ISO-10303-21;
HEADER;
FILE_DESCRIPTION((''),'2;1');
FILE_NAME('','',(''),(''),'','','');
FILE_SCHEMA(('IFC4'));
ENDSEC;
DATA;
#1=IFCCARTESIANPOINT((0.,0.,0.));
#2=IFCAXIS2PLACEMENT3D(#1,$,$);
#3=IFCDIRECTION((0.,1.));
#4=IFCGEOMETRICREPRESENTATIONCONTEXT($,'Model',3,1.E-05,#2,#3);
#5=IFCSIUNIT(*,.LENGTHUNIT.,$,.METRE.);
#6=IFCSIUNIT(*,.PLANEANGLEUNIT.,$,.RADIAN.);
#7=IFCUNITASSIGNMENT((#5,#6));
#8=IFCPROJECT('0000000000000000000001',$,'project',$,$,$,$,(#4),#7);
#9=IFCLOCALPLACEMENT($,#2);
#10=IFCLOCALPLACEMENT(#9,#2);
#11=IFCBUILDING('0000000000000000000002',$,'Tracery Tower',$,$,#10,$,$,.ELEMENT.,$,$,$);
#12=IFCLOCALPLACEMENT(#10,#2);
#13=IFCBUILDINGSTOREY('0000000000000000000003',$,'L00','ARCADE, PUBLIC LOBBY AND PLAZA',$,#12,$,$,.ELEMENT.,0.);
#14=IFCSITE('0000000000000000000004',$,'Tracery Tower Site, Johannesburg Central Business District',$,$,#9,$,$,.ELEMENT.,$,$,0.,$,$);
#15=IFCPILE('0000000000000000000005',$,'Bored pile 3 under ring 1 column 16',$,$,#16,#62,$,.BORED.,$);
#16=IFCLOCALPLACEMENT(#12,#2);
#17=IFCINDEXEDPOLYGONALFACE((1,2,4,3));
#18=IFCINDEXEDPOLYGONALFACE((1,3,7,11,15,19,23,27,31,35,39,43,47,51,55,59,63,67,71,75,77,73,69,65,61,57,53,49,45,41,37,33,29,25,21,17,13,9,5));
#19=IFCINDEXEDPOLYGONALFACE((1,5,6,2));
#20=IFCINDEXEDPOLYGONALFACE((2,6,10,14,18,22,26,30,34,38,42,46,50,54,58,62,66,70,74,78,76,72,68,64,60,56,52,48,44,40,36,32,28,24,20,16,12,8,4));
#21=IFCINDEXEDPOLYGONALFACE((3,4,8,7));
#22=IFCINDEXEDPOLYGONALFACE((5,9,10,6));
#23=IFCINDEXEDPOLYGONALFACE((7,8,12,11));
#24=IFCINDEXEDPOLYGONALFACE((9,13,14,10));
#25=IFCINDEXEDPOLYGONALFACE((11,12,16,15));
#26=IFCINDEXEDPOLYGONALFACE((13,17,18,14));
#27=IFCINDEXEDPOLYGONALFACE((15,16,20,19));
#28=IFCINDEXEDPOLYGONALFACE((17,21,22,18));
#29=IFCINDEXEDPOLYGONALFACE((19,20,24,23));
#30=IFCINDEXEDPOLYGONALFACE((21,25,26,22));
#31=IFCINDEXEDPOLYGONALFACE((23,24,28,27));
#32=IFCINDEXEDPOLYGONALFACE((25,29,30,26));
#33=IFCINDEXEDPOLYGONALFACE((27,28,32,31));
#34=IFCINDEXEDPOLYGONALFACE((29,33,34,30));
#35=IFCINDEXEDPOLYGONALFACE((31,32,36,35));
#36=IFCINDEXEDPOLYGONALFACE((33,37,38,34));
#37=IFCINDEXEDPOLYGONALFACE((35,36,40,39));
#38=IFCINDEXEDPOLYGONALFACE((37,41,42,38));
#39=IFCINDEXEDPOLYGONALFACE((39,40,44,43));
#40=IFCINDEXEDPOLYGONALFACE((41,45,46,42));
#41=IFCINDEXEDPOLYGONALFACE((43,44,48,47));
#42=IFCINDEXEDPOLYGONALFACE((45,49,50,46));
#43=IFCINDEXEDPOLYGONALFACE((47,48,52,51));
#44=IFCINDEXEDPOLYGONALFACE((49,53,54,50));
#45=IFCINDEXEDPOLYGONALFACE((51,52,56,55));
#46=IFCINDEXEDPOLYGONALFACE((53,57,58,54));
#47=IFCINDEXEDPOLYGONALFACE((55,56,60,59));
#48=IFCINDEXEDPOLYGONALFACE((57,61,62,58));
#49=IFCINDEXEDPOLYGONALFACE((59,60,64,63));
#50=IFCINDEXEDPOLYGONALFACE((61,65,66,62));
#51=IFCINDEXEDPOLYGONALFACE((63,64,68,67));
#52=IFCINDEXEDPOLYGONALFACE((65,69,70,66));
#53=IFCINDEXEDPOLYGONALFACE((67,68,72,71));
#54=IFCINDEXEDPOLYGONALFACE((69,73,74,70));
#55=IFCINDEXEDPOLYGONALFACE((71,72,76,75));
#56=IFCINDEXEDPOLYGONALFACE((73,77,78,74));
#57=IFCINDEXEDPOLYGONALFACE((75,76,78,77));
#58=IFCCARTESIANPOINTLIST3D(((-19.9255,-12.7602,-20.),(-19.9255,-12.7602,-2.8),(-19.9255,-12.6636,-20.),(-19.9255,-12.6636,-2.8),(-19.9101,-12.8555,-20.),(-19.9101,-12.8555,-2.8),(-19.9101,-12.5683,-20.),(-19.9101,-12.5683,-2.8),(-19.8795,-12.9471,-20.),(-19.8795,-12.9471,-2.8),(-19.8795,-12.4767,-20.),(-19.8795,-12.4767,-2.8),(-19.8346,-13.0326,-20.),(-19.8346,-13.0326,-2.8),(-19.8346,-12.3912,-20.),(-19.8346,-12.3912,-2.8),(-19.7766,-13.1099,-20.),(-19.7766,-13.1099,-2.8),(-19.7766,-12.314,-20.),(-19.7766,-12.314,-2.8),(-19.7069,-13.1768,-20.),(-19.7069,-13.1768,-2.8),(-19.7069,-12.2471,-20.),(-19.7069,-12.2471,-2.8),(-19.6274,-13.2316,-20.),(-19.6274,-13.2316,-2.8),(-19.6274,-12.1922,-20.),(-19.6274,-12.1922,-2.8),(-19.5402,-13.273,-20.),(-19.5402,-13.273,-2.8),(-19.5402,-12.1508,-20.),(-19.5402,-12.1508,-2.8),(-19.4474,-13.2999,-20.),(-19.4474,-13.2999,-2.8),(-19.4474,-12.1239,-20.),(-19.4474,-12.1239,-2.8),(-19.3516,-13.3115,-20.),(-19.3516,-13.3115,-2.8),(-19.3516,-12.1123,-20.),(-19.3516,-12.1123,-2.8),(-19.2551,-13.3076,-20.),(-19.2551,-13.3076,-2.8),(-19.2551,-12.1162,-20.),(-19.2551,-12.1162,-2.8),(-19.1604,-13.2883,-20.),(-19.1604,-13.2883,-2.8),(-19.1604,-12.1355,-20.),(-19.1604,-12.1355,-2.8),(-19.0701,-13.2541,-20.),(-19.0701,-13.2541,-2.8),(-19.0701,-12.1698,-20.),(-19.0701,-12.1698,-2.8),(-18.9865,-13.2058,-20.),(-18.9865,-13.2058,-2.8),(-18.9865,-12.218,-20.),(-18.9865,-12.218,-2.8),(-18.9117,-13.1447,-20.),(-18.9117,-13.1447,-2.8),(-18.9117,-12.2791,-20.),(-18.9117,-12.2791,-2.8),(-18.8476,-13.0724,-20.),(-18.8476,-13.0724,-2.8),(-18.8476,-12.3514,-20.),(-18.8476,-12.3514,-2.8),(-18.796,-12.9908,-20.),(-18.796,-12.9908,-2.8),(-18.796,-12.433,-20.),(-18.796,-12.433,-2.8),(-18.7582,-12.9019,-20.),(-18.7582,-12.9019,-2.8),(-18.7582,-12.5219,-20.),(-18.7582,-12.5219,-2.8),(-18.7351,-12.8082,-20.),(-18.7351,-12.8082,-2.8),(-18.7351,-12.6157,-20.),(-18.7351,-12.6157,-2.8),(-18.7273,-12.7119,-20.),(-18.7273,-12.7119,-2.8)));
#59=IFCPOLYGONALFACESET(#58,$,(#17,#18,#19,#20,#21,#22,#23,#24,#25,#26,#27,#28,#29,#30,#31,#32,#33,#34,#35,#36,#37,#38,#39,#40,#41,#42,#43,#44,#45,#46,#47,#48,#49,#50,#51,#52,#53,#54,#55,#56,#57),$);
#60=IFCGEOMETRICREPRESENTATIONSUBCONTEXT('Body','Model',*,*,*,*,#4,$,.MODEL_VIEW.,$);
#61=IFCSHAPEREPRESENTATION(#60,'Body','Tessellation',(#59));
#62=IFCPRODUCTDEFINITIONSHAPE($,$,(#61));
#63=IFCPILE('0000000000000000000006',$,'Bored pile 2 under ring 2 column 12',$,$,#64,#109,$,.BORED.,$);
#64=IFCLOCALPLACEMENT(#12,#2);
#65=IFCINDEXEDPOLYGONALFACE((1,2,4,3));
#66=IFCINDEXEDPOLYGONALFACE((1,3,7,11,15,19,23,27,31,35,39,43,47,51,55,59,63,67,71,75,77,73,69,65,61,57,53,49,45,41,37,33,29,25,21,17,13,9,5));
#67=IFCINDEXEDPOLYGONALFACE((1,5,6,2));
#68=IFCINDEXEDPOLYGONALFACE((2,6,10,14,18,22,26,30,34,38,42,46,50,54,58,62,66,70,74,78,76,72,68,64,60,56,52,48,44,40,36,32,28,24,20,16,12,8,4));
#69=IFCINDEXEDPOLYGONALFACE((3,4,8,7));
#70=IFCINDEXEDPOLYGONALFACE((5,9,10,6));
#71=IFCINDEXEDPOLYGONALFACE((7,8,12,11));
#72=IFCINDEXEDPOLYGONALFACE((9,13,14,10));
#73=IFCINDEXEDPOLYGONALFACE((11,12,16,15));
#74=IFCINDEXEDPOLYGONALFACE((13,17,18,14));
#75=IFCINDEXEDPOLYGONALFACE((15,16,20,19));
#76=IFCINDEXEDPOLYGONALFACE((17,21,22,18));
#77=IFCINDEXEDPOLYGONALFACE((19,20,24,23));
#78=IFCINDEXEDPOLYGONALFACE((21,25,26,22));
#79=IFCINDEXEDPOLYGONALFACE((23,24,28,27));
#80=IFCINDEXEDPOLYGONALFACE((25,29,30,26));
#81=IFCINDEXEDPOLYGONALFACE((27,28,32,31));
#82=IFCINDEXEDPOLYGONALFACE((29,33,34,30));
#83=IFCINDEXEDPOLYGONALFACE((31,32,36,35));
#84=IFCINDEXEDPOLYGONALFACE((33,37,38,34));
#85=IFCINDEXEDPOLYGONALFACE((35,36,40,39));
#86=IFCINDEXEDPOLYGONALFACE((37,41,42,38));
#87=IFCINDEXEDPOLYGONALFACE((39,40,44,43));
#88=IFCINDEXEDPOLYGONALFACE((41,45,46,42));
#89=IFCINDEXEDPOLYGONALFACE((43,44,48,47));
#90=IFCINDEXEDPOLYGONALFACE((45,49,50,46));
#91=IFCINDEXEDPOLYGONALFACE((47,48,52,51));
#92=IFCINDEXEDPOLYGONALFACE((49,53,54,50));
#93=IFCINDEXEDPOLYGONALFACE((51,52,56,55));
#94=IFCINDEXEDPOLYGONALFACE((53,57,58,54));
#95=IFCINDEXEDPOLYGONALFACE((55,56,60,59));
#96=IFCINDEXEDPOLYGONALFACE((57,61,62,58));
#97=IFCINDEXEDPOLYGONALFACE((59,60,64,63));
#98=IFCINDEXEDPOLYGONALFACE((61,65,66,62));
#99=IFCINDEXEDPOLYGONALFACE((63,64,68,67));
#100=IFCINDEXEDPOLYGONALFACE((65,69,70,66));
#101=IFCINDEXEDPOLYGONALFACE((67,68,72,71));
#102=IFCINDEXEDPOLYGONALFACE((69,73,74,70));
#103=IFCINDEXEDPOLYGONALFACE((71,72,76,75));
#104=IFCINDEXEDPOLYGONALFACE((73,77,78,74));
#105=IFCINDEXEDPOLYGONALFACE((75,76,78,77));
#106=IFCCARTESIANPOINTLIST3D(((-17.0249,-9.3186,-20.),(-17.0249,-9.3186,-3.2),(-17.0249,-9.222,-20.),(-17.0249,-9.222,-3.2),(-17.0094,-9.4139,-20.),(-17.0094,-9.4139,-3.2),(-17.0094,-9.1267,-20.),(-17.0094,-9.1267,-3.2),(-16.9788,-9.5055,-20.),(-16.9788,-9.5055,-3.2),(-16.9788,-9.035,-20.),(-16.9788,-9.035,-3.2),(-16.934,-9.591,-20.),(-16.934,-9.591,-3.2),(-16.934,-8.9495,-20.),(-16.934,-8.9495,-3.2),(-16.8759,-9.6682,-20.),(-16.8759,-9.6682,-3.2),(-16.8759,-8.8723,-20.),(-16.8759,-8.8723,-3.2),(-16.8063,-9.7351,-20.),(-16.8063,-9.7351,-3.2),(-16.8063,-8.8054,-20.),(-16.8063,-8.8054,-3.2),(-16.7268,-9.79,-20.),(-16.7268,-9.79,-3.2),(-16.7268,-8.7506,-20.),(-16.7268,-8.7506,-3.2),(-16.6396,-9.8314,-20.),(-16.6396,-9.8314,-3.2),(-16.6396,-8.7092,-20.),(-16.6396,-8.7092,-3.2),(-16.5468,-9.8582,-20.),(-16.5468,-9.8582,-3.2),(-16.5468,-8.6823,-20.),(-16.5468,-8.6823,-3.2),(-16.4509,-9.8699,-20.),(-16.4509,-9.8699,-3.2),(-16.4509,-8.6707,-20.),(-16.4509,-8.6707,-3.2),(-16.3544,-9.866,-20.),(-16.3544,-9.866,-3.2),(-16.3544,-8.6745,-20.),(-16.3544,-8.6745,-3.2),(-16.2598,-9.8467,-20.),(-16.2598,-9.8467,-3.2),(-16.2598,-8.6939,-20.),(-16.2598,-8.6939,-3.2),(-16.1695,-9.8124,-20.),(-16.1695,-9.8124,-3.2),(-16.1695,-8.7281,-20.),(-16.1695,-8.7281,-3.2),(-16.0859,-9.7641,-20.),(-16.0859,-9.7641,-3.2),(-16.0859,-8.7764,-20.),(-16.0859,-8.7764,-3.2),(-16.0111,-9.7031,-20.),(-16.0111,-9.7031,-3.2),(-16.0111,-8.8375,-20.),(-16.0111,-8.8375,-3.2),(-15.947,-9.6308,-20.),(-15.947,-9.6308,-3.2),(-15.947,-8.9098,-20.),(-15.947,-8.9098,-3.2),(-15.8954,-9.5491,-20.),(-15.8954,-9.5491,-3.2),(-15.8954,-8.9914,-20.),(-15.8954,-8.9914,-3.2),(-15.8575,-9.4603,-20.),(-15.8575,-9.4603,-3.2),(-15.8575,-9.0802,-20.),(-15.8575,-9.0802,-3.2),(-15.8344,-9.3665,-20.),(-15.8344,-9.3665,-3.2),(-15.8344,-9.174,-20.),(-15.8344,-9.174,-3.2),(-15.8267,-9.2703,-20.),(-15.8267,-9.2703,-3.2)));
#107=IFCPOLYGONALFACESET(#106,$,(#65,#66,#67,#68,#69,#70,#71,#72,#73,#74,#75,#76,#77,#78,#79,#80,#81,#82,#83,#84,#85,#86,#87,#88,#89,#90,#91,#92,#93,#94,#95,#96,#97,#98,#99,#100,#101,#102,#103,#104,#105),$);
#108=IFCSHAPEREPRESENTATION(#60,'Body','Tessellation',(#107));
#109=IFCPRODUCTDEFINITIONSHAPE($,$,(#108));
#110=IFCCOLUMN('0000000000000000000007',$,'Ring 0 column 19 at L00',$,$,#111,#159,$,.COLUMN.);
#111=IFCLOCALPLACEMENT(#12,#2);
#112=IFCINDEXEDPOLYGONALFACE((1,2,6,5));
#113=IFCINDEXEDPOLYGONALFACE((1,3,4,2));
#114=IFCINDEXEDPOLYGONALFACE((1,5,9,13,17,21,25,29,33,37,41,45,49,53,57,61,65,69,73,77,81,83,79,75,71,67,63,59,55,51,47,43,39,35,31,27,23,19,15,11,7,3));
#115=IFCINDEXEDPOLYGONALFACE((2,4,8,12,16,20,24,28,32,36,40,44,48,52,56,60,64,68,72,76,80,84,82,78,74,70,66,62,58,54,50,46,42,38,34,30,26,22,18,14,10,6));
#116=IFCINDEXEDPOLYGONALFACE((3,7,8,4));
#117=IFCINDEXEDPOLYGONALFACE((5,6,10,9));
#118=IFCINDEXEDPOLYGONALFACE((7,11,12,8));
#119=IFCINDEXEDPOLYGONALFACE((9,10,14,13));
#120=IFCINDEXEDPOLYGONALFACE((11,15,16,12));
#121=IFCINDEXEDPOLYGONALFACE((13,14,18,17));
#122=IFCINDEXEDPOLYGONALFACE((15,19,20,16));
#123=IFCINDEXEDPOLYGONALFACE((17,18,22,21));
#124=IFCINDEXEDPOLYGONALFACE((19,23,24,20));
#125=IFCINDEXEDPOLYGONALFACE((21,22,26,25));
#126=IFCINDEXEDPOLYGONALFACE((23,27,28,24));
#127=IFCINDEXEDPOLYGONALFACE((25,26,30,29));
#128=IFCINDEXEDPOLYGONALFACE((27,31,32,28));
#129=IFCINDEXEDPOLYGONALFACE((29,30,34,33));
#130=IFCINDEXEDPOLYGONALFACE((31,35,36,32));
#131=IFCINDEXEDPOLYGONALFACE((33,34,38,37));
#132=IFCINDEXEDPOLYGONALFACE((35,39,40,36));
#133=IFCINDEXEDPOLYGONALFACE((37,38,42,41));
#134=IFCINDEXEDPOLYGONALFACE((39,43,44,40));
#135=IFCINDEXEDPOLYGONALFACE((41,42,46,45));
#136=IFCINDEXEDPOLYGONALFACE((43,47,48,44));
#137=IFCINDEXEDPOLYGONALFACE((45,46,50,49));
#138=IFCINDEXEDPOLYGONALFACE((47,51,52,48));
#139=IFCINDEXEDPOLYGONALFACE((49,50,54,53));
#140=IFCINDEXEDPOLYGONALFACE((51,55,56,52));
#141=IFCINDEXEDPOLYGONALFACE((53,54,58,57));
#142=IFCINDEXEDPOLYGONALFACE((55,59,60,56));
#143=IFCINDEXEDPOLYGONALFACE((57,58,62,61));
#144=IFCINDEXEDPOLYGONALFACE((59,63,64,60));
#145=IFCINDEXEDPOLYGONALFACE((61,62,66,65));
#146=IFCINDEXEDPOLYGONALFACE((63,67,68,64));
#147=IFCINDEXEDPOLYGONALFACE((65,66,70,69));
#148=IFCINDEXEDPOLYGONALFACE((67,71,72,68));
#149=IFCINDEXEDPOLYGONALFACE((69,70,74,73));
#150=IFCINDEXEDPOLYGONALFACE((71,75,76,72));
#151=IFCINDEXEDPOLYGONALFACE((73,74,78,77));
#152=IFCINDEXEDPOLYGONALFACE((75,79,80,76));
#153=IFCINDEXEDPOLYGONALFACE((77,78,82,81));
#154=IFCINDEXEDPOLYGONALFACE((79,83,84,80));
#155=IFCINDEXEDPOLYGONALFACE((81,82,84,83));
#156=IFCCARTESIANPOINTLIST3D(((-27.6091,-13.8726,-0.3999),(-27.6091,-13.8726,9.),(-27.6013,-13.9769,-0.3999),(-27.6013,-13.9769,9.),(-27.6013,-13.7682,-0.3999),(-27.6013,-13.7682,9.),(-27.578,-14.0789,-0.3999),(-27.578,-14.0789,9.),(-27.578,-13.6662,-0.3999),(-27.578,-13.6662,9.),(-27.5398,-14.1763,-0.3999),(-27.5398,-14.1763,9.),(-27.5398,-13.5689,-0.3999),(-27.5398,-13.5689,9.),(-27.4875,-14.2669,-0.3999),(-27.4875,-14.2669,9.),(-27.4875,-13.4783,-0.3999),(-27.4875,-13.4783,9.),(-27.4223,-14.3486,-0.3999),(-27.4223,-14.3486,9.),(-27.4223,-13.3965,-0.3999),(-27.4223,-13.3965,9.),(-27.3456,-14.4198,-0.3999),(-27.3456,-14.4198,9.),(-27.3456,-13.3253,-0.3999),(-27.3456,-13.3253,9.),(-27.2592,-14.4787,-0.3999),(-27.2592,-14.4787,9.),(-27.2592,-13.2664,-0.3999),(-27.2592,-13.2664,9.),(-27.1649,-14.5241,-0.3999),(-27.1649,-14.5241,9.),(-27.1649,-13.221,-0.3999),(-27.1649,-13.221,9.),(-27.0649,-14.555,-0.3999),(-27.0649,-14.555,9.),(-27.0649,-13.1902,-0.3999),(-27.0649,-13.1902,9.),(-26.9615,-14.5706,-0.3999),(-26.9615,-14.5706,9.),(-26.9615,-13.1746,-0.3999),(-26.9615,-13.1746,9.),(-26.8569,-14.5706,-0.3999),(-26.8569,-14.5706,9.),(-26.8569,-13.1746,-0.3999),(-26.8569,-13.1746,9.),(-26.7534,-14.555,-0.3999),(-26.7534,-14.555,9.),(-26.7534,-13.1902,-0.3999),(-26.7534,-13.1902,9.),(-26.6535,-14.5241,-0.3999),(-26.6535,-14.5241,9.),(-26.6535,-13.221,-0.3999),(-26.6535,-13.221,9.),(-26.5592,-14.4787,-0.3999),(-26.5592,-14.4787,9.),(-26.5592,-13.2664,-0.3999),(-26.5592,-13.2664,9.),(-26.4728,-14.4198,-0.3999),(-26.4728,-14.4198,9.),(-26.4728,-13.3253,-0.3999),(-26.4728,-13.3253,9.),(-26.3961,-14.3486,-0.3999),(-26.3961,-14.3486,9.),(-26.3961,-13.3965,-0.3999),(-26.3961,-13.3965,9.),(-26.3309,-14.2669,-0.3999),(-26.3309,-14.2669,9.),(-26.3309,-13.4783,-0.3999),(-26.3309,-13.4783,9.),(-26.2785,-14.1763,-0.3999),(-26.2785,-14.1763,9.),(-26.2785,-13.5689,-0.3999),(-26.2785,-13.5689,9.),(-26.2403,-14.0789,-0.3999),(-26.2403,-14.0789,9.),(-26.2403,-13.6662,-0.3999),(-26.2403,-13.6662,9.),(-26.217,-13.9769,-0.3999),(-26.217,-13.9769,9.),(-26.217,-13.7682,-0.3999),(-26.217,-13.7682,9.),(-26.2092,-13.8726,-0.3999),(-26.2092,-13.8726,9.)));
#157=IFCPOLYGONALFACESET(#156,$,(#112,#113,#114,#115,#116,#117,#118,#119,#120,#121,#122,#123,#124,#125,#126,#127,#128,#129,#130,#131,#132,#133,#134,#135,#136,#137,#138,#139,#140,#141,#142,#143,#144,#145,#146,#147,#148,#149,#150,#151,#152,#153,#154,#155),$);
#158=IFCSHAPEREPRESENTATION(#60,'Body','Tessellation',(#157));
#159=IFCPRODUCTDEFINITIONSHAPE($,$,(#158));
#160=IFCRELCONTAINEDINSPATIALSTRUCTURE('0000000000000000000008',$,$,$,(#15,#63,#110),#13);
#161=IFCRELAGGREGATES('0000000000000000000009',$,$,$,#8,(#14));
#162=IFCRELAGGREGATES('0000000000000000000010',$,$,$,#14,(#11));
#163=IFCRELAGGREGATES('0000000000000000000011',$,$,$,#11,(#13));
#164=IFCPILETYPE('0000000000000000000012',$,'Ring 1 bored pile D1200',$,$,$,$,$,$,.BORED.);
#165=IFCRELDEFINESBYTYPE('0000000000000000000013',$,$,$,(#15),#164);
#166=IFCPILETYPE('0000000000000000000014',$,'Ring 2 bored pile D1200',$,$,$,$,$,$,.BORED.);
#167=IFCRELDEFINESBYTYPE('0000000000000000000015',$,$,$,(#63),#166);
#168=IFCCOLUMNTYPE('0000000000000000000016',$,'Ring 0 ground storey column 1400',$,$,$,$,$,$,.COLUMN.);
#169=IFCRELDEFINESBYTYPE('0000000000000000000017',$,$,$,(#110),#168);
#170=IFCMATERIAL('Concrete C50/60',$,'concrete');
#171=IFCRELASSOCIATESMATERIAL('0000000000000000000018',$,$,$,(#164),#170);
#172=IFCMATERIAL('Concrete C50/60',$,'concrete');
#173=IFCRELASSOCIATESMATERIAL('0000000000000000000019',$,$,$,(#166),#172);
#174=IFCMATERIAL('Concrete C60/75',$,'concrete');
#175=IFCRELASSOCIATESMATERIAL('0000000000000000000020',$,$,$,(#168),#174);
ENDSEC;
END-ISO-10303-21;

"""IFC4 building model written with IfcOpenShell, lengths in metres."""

from ifc_helpers import new_model, si_unit, direction, frame, origin, origin_2d, place, context, subcontext, project, spatial, circle, extrude, material, material_profile, profile_set, type_object, element, save


model = new_model("IFC4")

# Units and contexts
model_context = context("Model", 3, precision=1e-05, world=origin(), true_north=direction((0.0, 1.0)))
body_context = subcontext(model_context, "Body", "Model", "MODEL_VIEW")
ifc_project = project(units=[si_unit("LENGTHUNIT", "METRE"), si_unit("PLANEANGLEUNIT", "RADIAN")], contexts=[model_context])

# Site, building, storey
site_placement = place(None, origin())
site = spatial("IfcSite", under=ifc_project, at=site_placement, Name="Tracery Tower Site, Johannesburg Central Business District", CompositionType="ELEMENT", RefElevation=0.0)
building_placement = place(site_placement, origin())
building = spatial("IfcBuilding", under=site, at=building_placement, Name="Tracery Tower", CompositionType="ELEMENT")
storey_placement = place(building_placement, origin())
storey = spatial("IfcBuildingStorey", under=building, at=storey_placement, Name="L00", Description="ARCADE, PUBLIC LOBBY AND PLAZA", CompositionType="ELEMENT", Elevation=0.0)

# Piles
ifc_material_1 = material(Name="Concrete C50/60", Category="concrete")
ifc_material_profile_1 = material_profile(ifc_material_1, circle(Radius=0.6001, at=origin_2d()), Name="RC D1200")
ifc_profile_set_1 = profile_set([ifc_material_profile_1], Name="Concrete C50/60")
pile_type_1 = type_object("IfcPileType", Name="Ring 1 bored pile D1200", PredefinedType="BORED", material=ifc_profile_set_1)
for number, where, z_axis, x_axis, name in (
    (1, (-19.3274, -12.7119, -2.8), (0.0, 0.0, -1.0), (1.0, 0.0, 0.0), "Bored pile 3 under ring 1 column 16"),
):
    element("IfcPile", number, at=place(storey_placement, frame(where, z_axis=z_axis, x_axis=x_axis)), inside=storey, type_object=pile_type_1, Name=name, PredefinedType="BORED", context=body_context, shape_type="SweptSolid", body=[
        extrude(circle(Radius=0.6001, at=origin_2d()), origin(), (0.0, 0.0, 1.0), 17.2),
    ])
ifc_material_2 = material(Name="Concrete C50/60", Category="concrete")
ifc_material_profile_2 = material_profile(ifc_material_2, circle(Radius=0.6001, at=origin_2d()), Name="RC D1200")
ifc_profile_set_2 = profile_set([ifc_material_profile_2], Name="Concrete C50/60")
pile_type_2 = type_object("IfcPileType", Name="Ring 2 bored pile D1200", PredefinedType="BORED", material=ifc_profile_set_2)
pile_placement = place(storey_placement, frame((-16.4268, -9.2703, -3.2), z_axis=(0.0, 0.0, -1.0), x_axis=(1.0, 0.0, 0.0)))
element("IfcPile", 2, at=pile_placement, inside=storey, type_object=pile_type_2, Name="Bored pile 2 under ring 2 column 12", PredefinedType="BORED", context=body_context, shape_type="SweptSolid", body=[
    extrude(circle(Radius=0.6001, at=origin_2d()), origin(), (0.0, 0.0, 1.0), 16.8),
])

# Column
ifc_material_3 = material(Name="Concrete C60/75", Category="concrete")
ifc_material_profile_3 = material_profile(ifc_material_3, circle(Radius=0.7, at=origin_2d()), Name="RC D1400")
ifc_profile_set_3 = profile_set([ifc_material_profile_3], Name="Concrete C60/75")
column_type_1 = type_object("IfcColumnType", Name="Ring 0 ground storey column 1400", PredefinedType="COLUMN", material=ifc_profile_set_3)
column_1_placement = place(storey_placement, frame((-26.9092, -13.8726, -0.3999), z_axis=(0.0, 0.0, 1.0), x_axis=(1.0, 0.0, 0.0)))
element("IfcColumn", 3, at=column_1_placement, inside=storey, type_object=column_type_1, Name="Ring 0 column 19 at L00", PredefinedType="COLUMN", context=body_context, shape_type="SweptSolid", body=[
    extrude(circle(Radius=0.7, at=origin_2d()), origin(), (0.0, 0.0, 1.0), 9.3999),
])

save(model, "model.ifc")
